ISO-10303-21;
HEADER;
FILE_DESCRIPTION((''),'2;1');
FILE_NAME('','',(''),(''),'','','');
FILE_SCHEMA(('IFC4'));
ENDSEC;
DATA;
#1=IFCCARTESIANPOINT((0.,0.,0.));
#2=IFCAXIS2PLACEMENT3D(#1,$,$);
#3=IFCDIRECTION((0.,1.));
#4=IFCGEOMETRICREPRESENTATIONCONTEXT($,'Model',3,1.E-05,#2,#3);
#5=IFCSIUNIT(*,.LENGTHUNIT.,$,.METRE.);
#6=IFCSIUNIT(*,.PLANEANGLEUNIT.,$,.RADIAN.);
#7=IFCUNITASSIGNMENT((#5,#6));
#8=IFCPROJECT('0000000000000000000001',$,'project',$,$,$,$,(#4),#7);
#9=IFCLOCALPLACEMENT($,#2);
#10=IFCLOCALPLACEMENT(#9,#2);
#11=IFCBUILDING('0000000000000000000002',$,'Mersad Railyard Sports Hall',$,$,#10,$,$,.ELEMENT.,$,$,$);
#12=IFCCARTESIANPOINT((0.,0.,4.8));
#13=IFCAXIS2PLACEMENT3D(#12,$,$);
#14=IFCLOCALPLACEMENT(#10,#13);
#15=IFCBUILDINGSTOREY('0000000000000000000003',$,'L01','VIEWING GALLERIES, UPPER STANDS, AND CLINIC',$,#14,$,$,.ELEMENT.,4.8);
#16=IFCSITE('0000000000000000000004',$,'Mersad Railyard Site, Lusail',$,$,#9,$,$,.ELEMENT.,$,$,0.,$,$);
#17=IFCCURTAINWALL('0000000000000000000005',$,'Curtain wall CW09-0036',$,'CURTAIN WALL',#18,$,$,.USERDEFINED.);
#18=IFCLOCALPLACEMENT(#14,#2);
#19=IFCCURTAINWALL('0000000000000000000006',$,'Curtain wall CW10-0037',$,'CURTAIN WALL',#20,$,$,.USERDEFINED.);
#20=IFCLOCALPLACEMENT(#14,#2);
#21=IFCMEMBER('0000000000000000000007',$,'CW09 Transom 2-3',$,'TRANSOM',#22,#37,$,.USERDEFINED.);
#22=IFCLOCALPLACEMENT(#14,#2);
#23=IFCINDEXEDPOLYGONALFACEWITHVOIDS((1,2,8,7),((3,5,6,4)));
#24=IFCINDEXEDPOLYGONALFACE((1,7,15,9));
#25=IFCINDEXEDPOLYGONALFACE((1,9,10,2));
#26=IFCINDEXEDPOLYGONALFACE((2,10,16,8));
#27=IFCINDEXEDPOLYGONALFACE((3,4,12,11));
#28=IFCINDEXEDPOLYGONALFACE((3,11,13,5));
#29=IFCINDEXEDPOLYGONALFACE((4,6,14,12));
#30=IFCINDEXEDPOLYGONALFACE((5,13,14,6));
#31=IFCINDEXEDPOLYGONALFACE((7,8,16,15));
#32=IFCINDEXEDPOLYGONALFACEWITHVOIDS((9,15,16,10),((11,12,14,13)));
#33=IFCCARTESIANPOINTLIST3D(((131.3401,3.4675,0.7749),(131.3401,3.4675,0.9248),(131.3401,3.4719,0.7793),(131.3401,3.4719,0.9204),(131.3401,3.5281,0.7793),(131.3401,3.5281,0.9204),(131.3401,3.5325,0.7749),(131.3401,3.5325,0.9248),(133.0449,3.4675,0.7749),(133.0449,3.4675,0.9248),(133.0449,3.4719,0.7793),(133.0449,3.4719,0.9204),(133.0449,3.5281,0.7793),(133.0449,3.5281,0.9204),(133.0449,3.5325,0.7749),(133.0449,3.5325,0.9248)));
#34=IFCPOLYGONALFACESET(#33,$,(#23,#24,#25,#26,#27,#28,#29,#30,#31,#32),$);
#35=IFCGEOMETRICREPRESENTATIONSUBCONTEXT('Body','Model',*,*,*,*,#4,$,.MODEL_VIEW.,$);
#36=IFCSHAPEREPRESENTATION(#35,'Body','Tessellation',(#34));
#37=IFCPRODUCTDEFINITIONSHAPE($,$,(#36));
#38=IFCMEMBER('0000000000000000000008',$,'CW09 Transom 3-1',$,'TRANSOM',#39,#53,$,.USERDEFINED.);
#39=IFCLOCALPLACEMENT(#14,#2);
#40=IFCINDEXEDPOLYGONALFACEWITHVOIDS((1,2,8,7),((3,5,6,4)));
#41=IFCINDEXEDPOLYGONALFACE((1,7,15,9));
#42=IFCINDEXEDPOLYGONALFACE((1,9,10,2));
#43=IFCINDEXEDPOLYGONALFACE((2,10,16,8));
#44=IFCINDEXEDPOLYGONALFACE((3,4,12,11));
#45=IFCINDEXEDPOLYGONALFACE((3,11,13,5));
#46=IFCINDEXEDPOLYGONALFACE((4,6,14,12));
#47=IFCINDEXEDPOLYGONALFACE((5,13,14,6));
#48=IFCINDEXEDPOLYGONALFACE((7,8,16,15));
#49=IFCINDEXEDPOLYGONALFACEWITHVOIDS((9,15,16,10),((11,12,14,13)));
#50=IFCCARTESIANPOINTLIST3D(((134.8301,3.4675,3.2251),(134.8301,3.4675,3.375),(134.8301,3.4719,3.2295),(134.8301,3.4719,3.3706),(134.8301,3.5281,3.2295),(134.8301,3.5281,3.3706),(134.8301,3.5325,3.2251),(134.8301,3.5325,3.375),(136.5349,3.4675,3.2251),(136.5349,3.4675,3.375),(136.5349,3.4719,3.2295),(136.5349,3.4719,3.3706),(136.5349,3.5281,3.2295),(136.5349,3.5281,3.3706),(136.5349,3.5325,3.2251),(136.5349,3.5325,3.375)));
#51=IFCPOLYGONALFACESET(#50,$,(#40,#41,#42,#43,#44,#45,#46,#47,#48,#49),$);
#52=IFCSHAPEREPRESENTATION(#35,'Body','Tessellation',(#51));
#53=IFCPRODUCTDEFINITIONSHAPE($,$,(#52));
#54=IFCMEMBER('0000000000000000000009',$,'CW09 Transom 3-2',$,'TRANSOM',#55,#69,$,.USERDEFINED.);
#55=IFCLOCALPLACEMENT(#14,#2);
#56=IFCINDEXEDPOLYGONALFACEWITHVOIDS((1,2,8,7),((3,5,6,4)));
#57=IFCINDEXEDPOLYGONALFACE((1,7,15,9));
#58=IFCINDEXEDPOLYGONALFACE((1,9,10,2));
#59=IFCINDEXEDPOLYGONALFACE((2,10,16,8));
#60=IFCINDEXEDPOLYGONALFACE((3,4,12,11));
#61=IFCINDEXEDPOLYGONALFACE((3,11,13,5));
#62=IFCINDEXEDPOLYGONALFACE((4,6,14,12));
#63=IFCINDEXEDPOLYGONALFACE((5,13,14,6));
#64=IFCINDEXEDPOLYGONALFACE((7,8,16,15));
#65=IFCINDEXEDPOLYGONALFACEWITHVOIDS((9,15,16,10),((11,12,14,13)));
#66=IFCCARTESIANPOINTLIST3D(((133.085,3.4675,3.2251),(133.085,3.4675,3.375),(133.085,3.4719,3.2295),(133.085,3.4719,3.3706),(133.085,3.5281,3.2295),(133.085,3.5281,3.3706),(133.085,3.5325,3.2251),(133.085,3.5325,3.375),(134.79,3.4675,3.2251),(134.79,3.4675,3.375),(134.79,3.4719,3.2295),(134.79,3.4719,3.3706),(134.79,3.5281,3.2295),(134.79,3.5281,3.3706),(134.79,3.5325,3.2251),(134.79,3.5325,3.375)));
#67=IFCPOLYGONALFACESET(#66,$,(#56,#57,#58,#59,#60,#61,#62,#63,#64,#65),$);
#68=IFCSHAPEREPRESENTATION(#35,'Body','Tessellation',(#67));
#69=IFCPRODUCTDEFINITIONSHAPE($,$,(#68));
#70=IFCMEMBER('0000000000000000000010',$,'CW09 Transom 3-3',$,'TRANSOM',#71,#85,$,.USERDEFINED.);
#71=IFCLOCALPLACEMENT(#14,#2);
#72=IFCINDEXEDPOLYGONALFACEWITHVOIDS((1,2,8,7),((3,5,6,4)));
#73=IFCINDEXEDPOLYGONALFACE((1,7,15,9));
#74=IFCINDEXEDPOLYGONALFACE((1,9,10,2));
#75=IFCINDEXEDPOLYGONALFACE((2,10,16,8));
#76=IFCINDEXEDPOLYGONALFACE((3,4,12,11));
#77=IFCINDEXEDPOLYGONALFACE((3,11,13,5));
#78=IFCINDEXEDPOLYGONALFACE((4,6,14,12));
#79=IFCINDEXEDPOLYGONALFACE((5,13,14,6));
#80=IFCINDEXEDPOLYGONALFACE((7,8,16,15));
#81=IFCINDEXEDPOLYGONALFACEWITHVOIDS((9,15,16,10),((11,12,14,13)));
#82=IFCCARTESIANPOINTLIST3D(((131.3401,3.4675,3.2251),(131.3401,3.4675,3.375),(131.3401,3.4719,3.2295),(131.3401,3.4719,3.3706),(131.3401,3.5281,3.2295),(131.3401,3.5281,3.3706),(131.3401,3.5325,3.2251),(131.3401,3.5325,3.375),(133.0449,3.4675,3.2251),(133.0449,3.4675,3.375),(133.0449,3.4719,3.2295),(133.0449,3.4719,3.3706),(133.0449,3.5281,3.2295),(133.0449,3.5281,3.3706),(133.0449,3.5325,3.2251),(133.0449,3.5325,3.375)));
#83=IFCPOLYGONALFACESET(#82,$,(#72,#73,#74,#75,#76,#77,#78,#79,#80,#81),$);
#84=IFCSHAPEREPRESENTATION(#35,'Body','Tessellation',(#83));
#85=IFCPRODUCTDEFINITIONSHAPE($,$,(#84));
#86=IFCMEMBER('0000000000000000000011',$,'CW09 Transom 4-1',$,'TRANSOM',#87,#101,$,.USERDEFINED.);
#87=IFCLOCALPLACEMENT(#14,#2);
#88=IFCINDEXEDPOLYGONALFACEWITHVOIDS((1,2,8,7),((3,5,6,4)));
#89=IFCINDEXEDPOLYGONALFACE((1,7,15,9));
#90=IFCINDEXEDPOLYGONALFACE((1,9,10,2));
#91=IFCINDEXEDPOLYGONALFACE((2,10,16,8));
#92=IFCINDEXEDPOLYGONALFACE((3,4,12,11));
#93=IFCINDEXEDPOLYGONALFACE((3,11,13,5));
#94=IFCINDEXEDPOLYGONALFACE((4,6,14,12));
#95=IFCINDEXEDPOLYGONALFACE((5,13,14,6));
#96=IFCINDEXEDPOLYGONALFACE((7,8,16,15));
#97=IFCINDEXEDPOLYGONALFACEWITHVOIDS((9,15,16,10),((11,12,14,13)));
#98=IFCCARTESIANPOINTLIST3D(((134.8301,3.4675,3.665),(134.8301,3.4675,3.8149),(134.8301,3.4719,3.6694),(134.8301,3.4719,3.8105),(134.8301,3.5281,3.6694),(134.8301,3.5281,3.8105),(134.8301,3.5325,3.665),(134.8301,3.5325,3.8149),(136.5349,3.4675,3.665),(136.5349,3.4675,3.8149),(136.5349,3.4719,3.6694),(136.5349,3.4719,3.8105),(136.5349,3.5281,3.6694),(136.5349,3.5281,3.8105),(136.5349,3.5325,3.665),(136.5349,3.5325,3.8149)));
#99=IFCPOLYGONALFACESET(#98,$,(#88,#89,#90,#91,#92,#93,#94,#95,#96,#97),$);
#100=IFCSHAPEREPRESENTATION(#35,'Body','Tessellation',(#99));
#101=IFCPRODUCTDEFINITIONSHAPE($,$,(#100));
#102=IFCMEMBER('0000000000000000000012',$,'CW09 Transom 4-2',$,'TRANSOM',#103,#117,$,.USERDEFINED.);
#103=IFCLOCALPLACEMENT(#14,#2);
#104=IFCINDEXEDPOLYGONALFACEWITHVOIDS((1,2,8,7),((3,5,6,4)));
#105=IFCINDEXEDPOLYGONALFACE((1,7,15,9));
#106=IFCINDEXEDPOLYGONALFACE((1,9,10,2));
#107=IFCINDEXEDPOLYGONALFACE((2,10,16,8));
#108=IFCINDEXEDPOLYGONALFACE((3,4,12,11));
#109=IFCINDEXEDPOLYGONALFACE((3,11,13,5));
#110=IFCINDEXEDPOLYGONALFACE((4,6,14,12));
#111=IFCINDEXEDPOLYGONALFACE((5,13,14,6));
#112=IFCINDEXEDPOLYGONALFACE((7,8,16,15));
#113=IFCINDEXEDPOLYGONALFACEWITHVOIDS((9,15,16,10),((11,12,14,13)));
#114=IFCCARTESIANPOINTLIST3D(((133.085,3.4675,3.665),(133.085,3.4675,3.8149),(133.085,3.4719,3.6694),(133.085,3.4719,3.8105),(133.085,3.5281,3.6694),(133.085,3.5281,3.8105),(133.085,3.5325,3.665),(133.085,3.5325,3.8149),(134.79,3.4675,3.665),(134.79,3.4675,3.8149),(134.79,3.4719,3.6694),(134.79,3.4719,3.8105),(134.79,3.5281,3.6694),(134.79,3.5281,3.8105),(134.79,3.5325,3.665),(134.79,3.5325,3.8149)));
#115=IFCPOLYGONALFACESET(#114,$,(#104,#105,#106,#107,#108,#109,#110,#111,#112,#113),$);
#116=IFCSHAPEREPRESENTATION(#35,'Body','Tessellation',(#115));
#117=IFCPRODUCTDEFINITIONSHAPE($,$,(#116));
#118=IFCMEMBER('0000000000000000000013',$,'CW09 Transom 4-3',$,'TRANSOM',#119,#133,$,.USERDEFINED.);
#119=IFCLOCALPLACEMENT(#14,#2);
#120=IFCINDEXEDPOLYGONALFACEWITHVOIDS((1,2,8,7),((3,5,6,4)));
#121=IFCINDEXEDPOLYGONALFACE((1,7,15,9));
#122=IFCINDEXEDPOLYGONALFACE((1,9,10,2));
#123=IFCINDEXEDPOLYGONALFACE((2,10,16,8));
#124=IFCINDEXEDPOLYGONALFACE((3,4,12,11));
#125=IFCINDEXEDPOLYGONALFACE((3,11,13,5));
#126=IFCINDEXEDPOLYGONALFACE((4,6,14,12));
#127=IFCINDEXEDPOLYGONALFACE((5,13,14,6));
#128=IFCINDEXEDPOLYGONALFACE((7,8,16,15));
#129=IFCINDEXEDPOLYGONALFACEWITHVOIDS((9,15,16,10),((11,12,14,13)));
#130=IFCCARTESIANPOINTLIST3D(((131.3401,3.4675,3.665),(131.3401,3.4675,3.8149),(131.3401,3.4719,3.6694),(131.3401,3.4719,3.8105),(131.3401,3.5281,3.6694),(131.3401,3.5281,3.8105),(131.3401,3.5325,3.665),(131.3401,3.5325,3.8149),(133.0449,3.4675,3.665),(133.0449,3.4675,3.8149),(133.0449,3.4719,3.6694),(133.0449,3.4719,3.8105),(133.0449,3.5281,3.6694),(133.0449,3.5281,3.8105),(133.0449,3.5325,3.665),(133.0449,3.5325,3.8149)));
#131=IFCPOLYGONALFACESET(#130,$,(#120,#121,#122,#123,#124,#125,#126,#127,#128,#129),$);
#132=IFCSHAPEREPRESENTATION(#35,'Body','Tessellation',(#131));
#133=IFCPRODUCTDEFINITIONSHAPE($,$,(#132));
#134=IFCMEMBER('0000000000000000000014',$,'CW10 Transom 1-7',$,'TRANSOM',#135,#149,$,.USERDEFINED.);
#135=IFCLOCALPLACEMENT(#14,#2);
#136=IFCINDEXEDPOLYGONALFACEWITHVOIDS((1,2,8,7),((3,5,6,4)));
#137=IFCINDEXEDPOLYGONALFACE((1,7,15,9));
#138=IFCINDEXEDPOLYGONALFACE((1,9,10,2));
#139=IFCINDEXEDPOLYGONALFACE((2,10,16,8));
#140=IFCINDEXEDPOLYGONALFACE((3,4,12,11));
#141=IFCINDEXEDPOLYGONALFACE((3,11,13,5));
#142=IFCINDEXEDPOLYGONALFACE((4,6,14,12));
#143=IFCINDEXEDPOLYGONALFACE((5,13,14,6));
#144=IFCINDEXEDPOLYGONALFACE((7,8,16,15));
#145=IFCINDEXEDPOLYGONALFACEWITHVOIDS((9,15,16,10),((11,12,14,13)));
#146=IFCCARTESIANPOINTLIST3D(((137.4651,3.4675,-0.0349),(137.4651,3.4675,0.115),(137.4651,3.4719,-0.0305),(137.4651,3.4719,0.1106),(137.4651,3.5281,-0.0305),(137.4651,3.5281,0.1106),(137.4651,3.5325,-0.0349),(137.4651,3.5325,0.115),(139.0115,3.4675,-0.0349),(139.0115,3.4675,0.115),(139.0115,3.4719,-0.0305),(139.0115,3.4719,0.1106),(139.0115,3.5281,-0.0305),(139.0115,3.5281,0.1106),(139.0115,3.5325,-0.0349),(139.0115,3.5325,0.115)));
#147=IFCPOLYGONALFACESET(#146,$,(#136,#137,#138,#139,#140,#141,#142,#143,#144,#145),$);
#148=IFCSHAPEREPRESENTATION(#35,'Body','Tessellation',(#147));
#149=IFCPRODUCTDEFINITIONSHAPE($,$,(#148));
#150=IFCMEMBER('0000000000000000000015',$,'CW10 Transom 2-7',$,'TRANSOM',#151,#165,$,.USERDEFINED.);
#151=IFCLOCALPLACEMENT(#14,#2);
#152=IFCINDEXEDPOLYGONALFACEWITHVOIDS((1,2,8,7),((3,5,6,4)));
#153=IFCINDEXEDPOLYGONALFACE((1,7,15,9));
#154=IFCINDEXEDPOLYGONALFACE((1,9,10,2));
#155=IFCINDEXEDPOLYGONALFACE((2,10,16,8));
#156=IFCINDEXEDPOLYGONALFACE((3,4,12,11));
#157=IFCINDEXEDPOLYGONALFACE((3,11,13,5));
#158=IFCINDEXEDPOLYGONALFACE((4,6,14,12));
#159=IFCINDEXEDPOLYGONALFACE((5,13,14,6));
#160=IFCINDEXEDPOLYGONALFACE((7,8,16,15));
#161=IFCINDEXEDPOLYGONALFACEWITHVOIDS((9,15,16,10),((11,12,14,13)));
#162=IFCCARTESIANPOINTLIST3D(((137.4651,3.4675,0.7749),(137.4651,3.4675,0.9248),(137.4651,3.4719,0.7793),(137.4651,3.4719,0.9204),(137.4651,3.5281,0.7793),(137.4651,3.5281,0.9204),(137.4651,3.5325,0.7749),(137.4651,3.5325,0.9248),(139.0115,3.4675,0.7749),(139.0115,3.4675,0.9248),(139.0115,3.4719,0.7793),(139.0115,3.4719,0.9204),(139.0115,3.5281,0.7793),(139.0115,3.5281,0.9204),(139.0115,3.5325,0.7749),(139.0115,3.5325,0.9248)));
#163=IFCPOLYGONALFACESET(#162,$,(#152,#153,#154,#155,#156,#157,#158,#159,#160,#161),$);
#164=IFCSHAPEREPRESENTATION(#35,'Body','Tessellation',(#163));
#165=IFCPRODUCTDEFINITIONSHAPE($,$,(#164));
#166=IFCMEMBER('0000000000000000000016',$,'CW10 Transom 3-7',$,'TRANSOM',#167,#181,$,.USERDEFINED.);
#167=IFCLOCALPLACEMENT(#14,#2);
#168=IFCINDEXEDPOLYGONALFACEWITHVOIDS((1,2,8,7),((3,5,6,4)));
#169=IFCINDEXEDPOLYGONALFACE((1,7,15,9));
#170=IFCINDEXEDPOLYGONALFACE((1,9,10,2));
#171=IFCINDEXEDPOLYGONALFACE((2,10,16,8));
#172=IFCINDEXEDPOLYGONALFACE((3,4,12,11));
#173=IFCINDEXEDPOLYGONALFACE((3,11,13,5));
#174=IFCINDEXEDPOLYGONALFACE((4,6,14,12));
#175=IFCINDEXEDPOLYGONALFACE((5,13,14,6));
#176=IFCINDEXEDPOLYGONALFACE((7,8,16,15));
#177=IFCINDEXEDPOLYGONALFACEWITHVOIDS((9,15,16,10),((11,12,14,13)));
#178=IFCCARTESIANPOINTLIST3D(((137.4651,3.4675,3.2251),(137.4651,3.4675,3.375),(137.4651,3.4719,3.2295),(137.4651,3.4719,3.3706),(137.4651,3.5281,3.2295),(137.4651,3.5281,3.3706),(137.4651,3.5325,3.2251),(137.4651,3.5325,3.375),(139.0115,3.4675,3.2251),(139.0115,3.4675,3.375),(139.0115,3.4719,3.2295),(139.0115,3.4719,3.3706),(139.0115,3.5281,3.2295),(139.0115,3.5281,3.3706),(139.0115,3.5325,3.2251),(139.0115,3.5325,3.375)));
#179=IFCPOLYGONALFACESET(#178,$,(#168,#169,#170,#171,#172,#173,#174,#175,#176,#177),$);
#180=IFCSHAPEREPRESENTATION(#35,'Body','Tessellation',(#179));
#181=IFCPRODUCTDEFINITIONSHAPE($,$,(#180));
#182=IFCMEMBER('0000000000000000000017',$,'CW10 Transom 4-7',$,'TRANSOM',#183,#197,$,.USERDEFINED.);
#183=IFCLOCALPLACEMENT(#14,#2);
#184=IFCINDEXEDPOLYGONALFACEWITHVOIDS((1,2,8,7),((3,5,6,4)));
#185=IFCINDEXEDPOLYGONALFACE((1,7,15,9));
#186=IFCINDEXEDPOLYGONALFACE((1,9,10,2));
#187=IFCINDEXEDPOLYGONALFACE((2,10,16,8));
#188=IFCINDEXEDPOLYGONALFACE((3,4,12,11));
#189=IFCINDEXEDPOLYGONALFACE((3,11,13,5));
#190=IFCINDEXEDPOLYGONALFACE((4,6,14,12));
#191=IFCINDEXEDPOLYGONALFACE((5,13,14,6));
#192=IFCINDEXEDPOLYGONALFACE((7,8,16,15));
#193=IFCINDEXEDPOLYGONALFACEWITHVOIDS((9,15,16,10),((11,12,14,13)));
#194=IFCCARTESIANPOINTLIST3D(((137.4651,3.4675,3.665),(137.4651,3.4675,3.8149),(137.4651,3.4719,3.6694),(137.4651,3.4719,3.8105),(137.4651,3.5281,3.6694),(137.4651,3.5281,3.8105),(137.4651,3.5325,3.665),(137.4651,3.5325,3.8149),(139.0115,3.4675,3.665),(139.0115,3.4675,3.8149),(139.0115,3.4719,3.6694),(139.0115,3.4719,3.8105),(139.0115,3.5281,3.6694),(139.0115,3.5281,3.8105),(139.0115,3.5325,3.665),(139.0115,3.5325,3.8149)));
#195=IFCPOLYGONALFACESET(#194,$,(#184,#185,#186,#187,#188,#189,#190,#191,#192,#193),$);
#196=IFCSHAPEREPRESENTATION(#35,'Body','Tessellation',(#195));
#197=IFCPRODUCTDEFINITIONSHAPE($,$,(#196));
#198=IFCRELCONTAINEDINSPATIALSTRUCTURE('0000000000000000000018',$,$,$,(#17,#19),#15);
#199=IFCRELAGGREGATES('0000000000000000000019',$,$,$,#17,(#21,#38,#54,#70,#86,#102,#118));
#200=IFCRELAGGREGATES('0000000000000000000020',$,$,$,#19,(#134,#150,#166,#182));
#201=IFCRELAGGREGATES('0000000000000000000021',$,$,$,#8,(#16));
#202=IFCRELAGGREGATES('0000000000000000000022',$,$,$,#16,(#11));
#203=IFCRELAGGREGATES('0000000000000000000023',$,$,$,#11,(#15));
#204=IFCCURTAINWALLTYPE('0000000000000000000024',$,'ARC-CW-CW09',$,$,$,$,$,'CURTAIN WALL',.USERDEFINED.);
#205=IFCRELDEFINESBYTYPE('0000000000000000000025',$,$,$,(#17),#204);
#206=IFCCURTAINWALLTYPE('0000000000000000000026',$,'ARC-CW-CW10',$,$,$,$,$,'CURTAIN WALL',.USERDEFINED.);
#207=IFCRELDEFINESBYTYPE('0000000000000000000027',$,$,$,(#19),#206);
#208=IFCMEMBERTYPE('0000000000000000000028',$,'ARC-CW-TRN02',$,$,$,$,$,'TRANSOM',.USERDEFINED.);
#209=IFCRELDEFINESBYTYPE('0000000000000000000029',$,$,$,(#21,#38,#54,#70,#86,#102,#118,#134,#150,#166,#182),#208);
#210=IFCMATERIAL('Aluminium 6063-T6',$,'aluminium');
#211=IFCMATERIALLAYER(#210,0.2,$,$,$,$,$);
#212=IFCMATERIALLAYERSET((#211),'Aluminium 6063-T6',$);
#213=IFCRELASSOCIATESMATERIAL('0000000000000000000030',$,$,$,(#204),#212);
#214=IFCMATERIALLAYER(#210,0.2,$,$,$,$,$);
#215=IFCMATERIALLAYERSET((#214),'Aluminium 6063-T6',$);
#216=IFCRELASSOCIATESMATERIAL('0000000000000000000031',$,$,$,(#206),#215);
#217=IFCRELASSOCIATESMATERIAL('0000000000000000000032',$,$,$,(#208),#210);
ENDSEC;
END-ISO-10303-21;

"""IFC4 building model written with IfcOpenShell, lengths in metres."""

from ifc_helpers import new_model, si_unit, direction, frame, origin, origin_2d, place, context, subcontext, project, spatial, hollow_rectangle, extrude, material, layer, layer_set, material_profile, profile_set, type_object, element, aggregate, save


model = new_model("IFC4")

# Units and contexts
model_context = context("Model", 3, precision=1e-05, world=origin(), true_north=direction((0.0, 1.0)))
body_context = subcontext(model_context, "Body", "Model", "MODEL_VIEW")
ifc_project = project(units=[si_unit("LENGTHUNIT", "METRE"), si_unit("PLANEANGLEUNIT", "RADIAN")], contexts=[model_context])

# Site, building, storey
site_placement = place(None, origin())
site = spatial("IfcSite", under=ifc_project, at=site_placement, Name="Mersad Railyard Site, Lusail", CompositionType="ELEMENT", RefElevation=0.0)
building_placement = place(site_placement, origin())
building = spatial("IfcBuilding", under=site, at=building_placement, Name="Mersad Railyard Sports Hall", CompositionType="ELEMENT")
storey_placement = place(building_placement, frame((0.0, 0.0, 4.8)))
storey = spatial("IfcBuildingStorey", under=building, at=storey_placement, Name="L01", Description="VIEWING GALLERIES, UPPER STANDS, AND CLINIC", CompositionType="ELEMENT", Elevation=4.8)

# Curtain wall
ifc_material_1 = material(Name="Aluminium 6063-T6", Category="aluminium")
ifc_layer_1 = layer(ifc_material_1, 0.2)
ifc_layer_set_1 = layer_set([ifc_layer_1], Name="Aluminium 6063-T6")
curtain_wall_type_1 = type_object("IfcCurtainWallType", Name="ARC-CW-CW09", ElementType="CURTAIN WALL", PredefinedType="USERDEFINED", material=ifc_layer_set_1)
curtain_wall_1_placement = place(storey_placement, origin())
curtain_wall_1 = element("IfcCurtainWall", 1, at=curtain_wall_1_placement, inside=storey, type_object=curtain_wall_type_1, Name="Curtain wall CW09-0036", ObjectType="CURTAIN WALL", PredefinedType="USERDEFINED")

# Curtain wall
ifc_layer_2 = layer(ifc_material_1, 0.2)
ifc_layer_set_2 = layer_set([ifc_layer_2], Name="Aluminium 6063-T6")
curtain_wall_type_2 = type_object("IfcCurtainWallType", Name="ARC-CW-CW10", ElementType="CURTAIN WALL", PredefinedType="USERDEFINED", material=ifc_layer_set_2)
curtain_wall_2_placement = place(storey_placement, origin())
curtain_wall_2 = element("IfcCurtainWall", 2, at=curtain_wall_2_placement, inside=storey, type_object=curtain_wall_type_2, Name="Curtain wall CW10-0037", ObjectType="CURTAIN WALL", PredefinedType="USERDEFINED")

# Members
ifc_material_profile_1 = material_profile(ifc_material_1, hollow_rectangle(XDim=0.0649, YDim=0.1499, WallThickness=0.0044, at=origin_2d()), Name="AL TRANSOM 65x150x4.5")
ifc_profile_set_1 = profile_set([ifc_material_profile_1], Name="Aluminium 6063-T6")
member_type_1 = type_object("IfcMemberType", Name="ARC-CW-TRN02", ElementType="TRANSOM", PredefinedType="USERDEFINED", material=ifc_profile_set_1)
member_1_placement = place(storey_placement, frame((133.0449, 3.5, 0.8499), z_axis=(-1.0, 0.0, 0.0), x_axis=(0.0, -1.0, 0.0)))
member_1 = element("IfcMember", 3, at=member_1_placement, type_object=member_type_1, Name="CW09 Transom 2-3", ObjectType="TRANSOM", PredefinedType="USERDEFINED", context=body_context, shape_type="SweptSolid", body=[
    extrude(hollow_rectangle(XDim=0.0649, YDim=0.1499, WallThickness=0.0044, at=origin_2d()), origin(), (0.0, 0.0, 1.0), 1.7048),
])
member_2_placement = place(storey_placement, frame((136.5349, 3.5, 3.3), z_axis=(-1.0, 0.0, 0.0), x_axis=(0.0, -1.0, 0.0)))
member_2 = element("IfcMember", 4, at=member_2_placement, type_object=member_type_1, Name="CW09 Transom 3-1", ObjectType="TRANSOM", PredefinedType="USERDEFINED", context=body_context, shape_type="SweptSolid", body=[
    extrude(hollow_rectangle(XDim=0.0649, YDim=0.1499, WallThickness=0.0044, at=origin_2d()), origin(), (0.0, 0.0, 1.0), 1.7048),
])
member_3_placement = place(storey_placement, frame((134.79, 3.5, 3.3), z_axis=(-1.0, 0.0, 0.0), x_axis=(0.0, -1.0, 0.0)))
member_3 = element("IfcMember", 5, at=member_3_placement, type_object=member_type_1, Name="CW09 Transom 3-2", ObjectType="TRANSOM", PredefinedType="USERDEFINED", context=body_context, shape_type="SweptSolid", body=[
    extrude(hollow_rectangle(XDim=0.0649, YDim=0.1499, WallThickness=0.0044, at=origin_2d()), origin(), (0.0, 0.0, 1.0), 1.7051),
])
member_4_placement = place(storey_placement, frame((133.0449, 3.5, 3.3), z_axis=(-1.0, 0.0, 0.0), x_axis=(0.0, -1.0, 0.0)))
member_4 = element("IfcMember", 6, at=member_4_placement, type_object=member_type_1, Name="CW09 Transom 3-3", ObjectType="TRANSOM", PredefinedType="USERDEFINED", context=body_context, shape_type="SweptSolid", body=[
    extrude(hollow_rectangle(XDim=0.0649, YDim=0.1499, WallThickness=0.0044, at=origin_2d()), origin(), (0.0, 0.0, 1.0), 1.7048),
])
member_5_placement = place(storey_placement, frame((136.5349, 3.5, 3.74), z_axis=(-1.0, 0.0, 0.0), x_axis=(0.0, -1.0, 0.0)))
member_5 = element("IfcMember", 7, at=member_5_placement, type_object=member_type_1, Name="CW09 Transom 4-1", ObjectType="TRANSOM", PredefinedType="USERDEFINED", context=body_context, shape_type="SweptSolid", body=[
    extrude(hollow_rectangle(XDim=0.0649, YDim=0.1499, WallThickness=0.0044, at=origin_2d()), origin(), (0.0, 0.0, 1.0), 1.7048),
])
member_6_placement = place(storey_placement, frame((134.79, 3.5, 3.74), z_axis=(-1.0, 0.0, 0.0), x_axis=(0.0, -1.0, 0.0)))
member_6 = element("IfcMember", 8, at=member_6_placement, type_object=member_type_1, Name="CW09 Transom 4-2", ObjectType="TRANSOM", PredefinedType="USERDEFINED", context=body_context, shape_type="SweptSolid", body=[
    extrude(hollow_rectangle(XDim=0.0649, YDim=0.1499, WallThickness=0.0044, at=origin_2d()), origin(), (0.0, 0.0, 1.0), 1.7051),
])
member_7_placement = place(storey_placement, frame((133.0449, 3.5, 3.74), z_axis=(-1.0, 0.0, 0.0), x_axis=(0.0, -1.0, 0.0)))
member_7 = element("IfcMember", 9, at=member_7_placement, type_object=member_type_1, Name="CW09 Transom 4-3", ObjectType="TRANSOM", PredefinedType="USERDEFINED", context=body_context, shape_type="SweptSolid", body=[
    extrude(hollow_rectangle(XDim=0.0649, YDim=0.1499, WallThickness=0.0044, at=origin_2d()), origin(), (0.0, 0.0, 1.0), 1.7048),
])
member_8_placement = place(storey_placement, frame((139.0115, 3.5, 0.04), z_axis=(-1.0, 0.0, 0.0), x_axis=(0.0, -1.0, 0.0)))
member_8 = element("IfcMember", 10, at=member_8_placement, type_object=member_type_1, Name="CW10 Transom 1-7", ObjectType="TRANSOM", PredefinedType="USERDEFINED", context=body_context, shape_type="SweptSolid", body=[
    extrude(hollow_rectangle(XDim=0.0649, YDim=0.1499, WallThickness=0.0044, at=origin_2d()), origin(), (0.0, 0.0, 1.0), 1.5464),
])
member_9_placement = place(storey_placement, frame((139.0115, 3.5, 0.8499), z_axis=(-1.0, 0.0, 0.0), x_axis=(0.0, -1.0, 0.0)))
member_9 = element("IfcMember", 11, at=member_9_placement, type_object=member_type_1, Name="CW10 Transom 2-7", ObjectType="TRANSOM", PredefinedType="USERDEFINED", context=body_context, shape_type="SweptSolid", body=[
    extrude(hollow_rectangle(XDim=0.0649, YDim=0.1499, WallThickness=0.0044, at=origin_2d()), origin(), (0.0, 0.0, 1.0), 1.5464),
])
member_10_placement = place(storey_placement, frame((139.0115, 3.5, 3.3), z_axis=(-1.0, 0.0, 0.0), x_axis=(0.0, -1.0, 0.0)))
member_10 = element("IfcMember", 12, at=member_10_placement, type_object=member_type_1, Name="CW10 Transom 3-7", ObjectType="TRANSOM", PredefinedType="USERDEFINED", context=body_context, shape_type="SweptSolid", body=[
    extrude(hollow_rectangle(XDim=0.0649, YDim=0.1499, WallThickness=0.0044, at=origin_2d()), origin(), (0.0, 0.0, 1.0), 1.5464),
])
member_11_placement = place(storey_placement, frame((139.0115, 3.5, 3.74), z_axis=(-1.0, 0.0, 0.0), x_axis=(0.0, -1.0, 0.0)))
member_11 = element("IfcMember", 13, at=member_11_placement, type_object=member_type_1, Name="CW10 Transom 4-7", ObjectType="TRANSOM", PredefinedType="USERDEFINED", context=body_context, shape_type="SweptSolid", body=[
    extrude(hollow_rectangle(XDim=0.0649, YDim=0.1499, WallThickness=0.0044, at=origin_2d()), origin(), (0.0, 0.0, 1.0), 1.5464),
])

aggregate(curtain_wall_1, [member_1, member_2, member_3, member_4, member_5, member_6, member_7])
aggregate(curtain_wall_2, [member_8, member_9, member_10, member_11])

save(model, "model.ifc")
